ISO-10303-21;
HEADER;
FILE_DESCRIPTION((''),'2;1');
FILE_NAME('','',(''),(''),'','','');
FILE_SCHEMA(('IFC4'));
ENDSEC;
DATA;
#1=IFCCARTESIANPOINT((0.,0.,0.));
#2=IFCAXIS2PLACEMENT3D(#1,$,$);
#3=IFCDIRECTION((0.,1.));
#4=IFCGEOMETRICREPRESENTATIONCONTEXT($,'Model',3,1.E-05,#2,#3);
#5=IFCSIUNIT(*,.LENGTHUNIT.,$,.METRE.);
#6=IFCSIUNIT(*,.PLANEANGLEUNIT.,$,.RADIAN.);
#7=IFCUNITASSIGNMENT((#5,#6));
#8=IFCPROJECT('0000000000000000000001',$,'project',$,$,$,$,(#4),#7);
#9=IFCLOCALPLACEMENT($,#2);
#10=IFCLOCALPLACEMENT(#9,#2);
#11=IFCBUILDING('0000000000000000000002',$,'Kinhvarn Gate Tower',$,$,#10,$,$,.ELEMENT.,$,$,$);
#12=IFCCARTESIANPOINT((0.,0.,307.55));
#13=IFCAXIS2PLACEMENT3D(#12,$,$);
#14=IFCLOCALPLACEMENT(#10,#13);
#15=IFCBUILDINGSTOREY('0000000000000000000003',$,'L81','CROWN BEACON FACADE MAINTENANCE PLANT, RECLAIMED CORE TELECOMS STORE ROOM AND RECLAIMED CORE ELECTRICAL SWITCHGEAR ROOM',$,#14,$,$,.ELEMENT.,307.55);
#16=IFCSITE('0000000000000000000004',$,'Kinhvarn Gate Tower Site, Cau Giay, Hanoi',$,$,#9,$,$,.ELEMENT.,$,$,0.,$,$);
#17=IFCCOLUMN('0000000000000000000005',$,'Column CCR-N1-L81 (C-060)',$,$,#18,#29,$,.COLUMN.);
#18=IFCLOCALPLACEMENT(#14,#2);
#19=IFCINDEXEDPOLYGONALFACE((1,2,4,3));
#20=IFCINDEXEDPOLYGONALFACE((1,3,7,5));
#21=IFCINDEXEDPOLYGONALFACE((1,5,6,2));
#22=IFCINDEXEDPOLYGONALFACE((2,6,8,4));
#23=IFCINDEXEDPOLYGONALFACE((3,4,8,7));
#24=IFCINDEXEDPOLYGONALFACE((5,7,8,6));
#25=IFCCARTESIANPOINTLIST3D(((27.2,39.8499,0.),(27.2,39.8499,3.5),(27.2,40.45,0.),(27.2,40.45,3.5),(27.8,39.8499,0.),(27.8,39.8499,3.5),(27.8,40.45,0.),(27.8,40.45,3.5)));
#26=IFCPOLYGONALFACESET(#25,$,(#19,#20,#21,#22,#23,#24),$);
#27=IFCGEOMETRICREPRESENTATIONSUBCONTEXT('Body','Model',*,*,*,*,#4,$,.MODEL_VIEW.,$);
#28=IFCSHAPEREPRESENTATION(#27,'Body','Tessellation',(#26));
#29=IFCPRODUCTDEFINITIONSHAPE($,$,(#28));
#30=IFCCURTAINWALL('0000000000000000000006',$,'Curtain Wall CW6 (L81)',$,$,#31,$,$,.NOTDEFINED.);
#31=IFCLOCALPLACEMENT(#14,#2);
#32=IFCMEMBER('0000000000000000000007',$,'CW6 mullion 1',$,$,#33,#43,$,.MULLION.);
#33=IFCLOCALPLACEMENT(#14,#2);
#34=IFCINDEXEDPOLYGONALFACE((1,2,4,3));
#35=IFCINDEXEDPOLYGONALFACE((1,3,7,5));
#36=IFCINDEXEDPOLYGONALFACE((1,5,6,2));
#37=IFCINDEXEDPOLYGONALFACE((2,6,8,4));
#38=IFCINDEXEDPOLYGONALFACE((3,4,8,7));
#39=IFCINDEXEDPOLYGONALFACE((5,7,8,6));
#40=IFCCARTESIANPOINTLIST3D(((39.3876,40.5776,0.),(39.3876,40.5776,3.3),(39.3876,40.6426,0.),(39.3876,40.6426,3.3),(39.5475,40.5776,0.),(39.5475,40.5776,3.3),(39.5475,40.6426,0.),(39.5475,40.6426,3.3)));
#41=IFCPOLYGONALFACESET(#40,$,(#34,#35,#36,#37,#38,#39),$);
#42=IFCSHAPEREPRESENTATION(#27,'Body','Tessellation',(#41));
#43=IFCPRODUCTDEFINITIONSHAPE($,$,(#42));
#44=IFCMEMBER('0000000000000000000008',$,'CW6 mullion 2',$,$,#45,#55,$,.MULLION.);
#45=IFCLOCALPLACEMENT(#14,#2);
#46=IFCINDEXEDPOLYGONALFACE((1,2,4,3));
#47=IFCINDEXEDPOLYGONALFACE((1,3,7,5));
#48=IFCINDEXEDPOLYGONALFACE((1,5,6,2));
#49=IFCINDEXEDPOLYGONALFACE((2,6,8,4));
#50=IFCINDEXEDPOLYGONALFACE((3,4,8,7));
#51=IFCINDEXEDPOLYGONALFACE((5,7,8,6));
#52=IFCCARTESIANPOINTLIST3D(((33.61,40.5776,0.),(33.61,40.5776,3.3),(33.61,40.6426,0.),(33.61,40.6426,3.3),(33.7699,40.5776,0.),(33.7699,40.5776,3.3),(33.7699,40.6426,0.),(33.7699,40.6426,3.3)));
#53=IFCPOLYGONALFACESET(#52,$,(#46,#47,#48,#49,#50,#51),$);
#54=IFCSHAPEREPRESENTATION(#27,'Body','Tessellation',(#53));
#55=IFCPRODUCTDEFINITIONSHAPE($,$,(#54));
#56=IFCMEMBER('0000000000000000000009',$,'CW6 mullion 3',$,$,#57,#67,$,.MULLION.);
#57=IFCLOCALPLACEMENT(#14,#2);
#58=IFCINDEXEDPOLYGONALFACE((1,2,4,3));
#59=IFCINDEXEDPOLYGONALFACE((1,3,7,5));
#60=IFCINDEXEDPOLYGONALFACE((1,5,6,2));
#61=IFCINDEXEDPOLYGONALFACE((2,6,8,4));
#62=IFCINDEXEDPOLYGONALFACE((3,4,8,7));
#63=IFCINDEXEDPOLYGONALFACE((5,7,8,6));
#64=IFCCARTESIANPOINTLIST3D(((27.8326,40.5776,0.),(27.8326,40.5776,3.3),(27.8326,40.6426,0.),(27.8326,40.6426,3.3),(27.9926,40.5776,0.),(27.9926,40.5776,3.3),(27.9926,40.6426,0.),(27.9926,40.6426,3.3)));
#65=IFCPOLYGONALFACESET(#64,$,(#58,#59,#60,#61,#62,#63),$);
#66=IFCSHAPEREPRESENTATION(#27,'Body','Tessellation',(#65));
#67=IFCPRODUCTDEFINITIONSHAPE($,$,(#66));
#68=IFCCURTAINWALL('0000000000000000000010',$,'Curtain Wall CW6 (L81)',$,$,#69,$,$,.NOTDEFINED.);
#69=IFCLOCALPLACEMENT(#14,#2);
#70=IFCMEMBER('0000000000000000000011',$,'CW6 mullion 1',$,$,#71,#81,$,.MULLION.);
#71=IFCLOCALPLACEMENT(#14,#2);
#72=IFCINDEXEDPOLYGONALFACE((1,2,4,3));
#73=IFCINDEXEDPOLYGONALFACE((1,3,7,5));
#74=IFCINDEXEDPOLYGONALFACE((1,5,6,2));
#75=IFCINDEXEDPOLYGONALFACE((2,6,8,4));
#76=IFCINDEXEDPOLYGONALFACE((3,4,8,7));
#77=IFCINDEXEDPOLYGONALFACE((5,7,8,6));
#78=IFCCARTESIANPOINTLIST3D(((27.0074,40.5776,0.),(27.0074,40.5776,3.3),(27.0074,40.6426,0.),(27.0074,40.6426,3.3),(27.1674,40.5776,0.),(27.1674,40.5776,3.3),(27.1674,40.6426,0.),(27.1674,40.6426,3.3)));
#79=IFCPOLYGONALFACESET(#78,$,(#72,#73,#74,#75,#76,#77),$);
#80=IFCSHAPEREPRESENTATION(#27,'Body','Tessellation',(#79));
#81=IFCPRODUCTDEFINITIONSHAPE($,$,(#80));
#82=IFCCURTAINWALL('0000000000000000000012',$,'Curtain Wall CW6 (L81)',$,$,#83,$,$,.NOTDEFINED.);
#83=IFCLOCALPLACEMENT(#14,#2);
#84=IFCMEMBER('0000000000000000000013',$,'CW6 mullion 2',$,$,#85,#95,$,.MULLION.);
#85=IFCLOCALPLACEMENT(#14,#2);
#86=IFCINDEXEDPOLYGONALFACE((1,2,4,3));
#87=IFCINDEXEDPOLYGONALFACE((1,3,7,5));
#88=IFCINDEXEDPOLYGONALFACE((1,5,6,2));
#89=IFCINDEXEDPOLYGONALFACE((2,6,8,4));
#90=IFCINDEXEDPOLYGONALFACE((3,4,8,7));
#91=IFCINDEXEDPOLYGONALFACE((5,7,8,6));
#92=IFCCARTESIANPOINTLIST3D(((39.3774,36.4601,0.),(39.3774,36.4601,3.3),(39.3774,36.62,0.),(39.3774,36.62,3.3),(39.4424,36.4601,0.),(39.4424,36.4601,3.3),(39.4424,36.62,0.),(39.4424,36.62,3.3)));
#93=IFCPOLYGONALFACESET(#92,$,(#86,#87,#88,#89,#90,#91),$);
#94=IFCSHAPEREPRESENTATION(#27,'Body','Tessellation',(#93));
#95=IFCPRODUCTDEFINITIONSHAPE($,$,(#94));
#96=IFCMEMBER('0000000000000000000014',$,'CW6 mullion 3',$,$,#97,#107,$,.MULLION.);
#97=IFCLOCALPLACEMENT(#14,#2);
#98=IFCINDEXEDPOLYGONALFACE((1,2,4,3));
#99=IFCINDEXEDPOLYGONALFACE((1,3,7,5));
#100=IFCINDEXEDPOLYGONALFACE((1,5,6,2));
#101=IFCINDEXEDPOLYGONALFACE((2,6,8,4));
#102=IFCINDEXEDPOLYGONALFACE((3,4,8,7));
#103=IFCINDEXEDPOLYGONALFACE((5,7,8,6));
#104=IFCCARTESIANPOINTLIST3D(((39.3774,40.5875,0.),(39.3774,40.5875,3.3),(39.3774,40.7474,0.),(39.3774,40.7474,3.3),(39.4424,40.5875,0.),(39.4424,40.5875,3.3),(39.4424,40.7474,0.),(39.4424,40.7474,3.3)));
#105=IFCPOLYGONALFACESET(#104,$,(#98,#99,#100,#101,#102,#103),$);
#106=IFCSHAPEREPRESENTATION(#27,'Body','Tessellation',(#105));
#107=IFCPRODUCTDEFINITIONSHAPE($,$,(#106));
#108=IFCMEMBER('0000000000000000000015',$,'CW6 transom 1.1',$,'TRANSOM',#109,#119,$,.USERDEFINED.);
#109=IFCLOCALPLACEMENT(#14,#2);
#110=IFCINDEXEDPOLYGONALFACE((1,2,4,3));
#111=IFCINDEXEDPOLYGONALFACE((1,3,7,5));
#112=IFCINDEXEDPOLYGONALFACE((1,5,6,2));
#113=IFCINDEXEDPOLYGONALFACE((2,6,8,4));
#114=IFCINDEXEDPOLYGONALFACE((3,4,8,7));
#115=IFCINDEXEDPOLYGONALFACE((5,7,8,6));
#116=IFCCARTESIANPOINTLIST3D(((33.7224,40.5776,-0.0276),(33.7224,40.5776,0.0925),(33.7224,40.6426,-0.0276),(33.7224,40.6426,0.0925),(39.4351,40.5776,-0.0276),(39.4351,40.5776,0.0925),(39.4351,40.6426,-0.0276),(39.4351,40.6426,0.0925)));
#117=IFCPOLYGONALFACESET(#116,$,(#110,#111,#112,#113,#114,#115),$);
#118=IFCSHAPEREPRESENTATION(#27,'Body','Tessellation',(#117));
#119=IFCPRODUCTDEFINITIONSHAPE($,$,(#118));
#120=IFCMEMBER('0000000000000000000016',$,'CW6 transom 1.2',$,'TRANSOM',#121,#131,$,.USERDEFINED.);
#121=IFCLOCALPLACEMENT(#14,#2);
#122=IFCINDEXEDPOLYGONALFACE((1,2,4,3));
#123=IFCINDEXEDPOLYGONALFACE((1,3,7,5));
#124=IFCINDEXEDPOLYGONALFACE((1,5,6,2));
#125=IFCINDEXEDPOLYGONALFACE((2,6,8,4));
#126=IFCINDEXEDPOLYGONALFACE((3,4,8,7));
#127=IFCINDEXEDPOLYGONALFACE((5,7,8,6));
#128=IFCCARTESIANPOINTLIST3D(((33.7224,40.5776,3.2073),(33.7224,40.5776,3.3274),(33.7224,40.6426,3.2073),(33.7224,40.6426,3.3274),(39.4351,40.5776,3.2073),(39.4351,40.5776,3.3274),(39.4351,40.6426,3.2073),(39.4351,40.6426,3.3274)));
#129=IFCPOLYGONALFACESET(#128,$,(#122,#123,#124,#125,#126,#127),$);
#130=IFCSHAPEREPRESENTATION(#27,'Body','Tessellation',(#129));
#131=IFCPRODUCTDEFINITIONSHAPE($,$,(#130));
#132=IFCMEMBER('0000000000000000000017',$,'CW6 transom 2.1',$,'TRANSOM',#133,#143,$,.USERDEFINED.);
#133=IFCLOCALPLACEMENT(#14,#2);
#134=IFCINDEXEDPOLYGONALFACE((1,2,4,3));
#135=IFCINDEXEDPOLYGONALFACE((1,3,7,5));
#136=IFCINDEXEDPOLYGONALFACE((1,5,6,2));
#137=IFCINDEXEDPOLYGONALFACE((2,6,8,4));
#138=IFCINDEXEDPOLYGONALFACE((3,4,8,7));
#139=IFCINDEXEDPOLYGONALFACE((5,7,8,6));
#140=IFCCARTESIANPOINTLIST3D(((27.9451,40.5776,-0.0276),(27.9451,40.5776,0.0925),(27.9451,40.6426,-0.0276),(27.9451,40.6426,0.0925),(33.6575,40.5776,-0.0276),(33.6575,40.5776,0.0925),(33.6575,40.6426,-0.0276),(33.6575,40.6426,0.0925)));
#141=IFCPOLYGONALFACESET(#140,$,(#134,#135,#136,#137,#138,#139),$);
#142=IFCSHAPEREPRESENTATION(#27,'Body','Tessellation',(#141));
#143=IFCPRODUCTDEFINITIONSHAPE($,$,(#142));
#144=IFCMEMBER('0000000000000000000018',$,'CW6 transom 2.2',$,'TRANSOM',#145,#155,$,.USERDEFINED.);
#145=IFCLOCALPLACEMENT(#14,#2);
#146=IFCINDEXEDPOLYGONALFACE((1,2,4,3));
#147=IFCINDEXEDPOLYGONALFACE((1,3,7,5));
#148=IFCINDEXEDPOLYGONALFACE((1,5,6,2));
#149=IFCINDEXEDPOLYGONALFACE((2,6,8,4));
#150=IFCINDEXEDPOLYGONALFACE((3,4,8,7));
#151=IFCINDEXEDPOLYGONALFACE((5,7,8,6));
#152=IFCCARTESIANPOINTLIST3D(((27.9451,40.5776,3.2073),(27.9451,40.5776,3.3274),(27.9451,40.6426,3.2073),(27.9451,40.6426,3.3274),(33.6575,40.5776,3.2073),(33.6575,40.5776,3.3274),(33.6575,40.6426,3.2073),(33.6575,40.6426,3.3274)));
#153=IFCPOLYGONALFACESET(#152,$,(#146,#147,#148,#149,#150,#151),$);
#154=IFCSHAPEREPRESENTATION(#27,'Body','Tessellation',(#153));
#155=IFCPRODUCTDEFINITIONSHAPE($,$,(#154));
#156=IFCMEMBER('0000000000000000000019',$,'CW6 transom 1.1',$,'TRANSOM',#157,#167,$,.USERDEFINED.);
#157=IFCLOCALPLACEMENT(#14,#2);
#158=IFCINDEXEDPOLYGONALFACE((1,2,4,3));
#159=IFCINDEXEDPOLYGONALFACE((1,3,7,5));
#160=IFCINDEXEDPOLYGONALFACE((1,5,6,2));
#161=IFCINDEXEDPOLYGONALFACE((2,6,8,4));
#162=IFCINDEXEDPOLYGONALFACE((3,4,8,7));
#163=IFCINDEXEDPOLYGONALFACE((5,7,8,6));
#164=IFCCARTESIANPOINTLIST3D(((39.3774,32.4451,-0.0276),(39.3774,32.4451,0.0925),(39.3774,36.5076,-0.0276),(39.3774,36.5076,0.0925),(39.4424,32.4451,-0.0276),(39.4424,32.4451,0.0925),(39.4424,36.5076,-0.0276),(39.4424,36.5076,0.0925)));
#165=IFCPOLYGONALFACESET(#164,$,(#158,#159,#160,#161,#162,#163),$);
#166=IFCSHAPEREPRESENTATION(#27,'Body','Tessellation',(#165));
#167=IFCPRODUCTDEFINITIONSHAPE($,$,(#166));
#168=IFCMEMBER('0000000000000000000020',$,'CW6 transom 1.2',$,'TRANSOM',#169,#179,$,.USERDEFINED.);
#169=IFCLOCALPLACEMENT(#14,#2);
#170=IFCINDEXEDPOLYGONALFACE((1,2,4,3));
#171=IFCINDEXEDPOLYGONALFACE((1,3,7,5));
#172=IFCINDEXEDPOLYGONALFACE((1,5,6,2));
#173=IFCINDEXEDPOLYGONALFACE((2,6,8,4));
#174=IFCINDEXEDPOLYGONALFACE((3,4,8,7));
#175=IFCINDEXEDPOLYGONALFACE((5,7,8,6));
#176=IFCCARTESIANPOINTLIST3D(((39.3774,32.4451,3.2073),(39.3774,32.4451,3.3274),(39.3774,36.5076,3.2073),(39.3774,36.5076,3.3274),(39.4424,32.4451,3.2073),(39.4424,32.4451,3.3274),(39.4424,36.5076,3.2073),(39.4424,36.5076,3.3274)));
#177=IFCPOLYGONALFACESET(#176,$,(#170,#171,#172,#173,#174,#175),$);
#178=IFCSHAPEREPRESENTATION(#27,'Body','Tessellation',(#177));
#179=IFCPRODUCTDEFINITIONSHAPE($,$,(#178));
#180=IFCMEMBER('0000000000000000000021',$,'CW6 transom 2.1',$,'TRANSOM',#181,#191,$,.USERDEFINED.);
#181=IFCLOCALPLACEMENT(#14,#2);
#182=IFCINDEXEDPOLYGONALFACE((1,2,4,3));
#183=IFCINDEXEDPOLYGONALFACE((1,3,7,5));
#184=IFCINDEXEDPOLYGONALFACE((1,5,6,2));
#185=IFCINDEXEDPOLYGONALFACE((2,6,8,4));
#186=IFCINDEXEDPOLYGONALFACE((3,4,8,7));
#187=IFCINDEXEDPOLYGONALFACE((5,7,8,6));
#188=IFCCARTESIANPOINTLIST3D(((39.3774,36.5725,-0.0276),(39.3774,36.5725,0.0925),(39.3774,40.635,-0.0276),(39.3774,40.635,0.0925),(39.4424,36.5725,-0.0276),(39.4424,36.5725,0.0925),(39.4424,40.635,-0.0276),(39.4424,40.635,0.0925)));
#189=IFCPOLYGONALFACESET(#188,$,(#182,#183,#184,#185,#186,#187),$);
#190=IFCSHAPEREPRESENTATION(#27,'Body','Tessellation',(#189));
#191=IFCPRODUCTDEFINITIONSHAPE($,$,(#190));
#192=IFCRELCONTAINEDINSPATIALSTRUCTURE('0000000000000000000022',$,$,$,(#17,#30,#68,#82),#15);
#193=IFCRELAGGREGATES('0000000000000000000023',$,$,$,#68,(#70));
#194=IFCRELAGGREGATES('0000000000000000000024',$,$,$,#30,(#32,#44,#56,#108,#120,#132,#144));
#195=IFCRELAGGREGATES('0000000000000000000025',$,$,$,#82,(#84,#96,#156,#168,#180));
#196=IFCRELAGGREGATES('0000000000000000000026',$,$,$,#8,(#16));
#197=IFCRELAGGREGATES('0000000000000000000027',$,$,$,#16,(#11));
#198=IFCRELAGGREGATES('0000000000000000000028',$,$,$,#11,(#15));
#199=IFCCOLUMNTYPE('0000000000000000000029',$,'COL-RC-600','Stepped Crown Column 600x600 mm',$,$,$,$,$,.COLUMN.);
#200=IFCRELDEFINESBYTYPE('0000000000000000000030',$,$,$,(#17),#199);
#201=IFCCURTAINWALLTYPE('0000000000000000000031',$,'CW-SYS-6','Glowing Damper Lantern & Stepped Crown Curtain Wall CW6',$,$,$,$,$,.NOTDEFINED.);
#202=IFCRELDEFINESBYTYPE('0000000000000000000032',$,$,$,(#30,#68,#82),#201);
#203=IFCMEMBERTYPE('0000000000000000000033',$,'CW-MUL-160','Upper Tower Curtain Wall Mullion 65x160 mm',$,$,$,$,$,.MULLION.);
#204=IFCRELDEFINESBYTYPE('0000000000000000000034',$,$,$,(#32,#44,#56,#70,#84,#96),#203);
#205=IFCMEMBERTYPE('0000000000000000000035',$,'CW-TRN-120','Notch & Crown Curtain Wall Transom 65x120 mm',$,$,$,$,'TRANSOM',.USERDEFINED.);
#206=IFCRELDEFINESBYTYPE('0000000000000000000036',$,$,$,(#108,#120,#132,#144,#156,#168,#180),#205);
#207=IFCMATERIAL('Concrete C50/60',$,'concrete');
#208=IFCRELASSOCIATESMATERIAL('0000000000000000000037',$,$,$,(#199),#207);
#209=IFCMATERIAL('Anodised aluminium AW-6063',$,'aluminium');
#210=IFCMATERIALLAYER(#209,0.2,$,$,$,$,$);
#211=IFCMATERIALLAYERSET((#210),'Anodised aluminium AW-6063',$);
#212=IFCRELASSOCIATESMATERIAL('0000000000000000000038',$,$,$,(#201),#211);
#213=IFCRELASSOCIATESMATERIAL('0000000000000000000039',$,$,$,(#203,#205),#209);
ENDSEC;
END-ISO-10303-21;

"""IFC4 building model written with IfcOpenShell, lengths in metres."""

from ifc_helpers import new_model, si_unit, direction, frame, origin, origin_2d, place, context, subcontext, project, spatial, rectangle, extrude, material, layer, layer_set, material_profile, profile_set, type_object, element, aggregate, save


model = new_model("IFC4")

# Units and contexts
model_context = context("Model", 3, precision=1e-05, world=origin(), true_north=direction((0.0, 1.0)))
body_context = subcontext(model_context, "Body", "Model", "MODEL_VIEW")
ifc_project = project(units=[si_unit("LENGTHUNIT", "METRE"), si_unit("PLANEANGLEUNIT", "RADIAN")], contexts=[model_context])

# Site, building, storey
site_placement = place(None, origin())
site = spatial("IfcSite", under=ifc_project, at=site_placement, Name="Kinhvarn Gate Tower Site, Cau Giay, Hanoi", CompositionType="ELEMENT", RefElevation=0.0)
building_placement = place(site_placement, origin())
building = spatial("IfcBuilding", under=site, at=building_placement, Name="Kinhvarn Gate Tower", CompositionType="ELEMENT")
storey_placement = place(building_placement, frame((0.0, 0.0, 307.55)))
storey = spatial("IfcBuildingStorey", under=building, at=storey_placement, Name="L81", Description="CROWN BEACON FACADE MAINTENANCE PLANT, RECLAIMED CORE TELECOMS STORE ROOM AND RECLAIMED CORE ELECTRICAL SWITCHGEAR ROOM", CompositionType="ELEMENT", Elevation=307.55)

# Column
ifc_material_1 = material(Name="Concrete C50/60", Category="concrete")
ifc_material_profile_1 = material_profile(ifc_material_1, rectangle(XDim=0.6001, YDim=0.6001, at=origin_2d()), Name="RC 600x600")
ifc_profile_set_1 = profile_set([ifc_material_profile_1], Name="Concrete C50/60")
column_type = type_object("IfcColumnType", Name="COL-RC-600", Description="Stepped Crown Column 600x600 mm", PredefinedType="COLUMN", material=ifc_profile_set_1)
column_placement = place(storey_placement, frame((27.5, 40.1499, 0.0), z_axis=(0.0, 0.0, 1.0), x_axis=(1.0, 0.0, 0.0)))
element("IfcColumn", 1, at=column_placement, inside=storey, type_object=column_type, Name="Column CCR-N1-L81 (C-060)", PredefinedType="COLUMN", context=body_context, shape_type="SweptSolid", body=[
    extrude(rectangle(XDim=0.6001, YDim=0.6001, at=origin_2d()), origin(), (0.0, 0.0, 1.0), 3.5),
])

# Curtain wall, members
ifc_material_2 = material(Name="Anodised aluminium AW-6063", Category="aluminium")
ifc_layer_1 = layer(ifc_material_2, 0.2)
ifc_layer_set_1 = layer_set([ifc_layer_1], Name="Anodised aluminium AW-6063")
curtain_wall_type = type_object("IfcCurtainWallType", Name="CW-SYS-6", Description="Glowing Damper Lantern & Stepped Crown Curtain Wall CW6", PredefinedType="NOTDEFINED", material=ifc_layer_set_1)
curtain_wall_1_placement = place(storey_placement, origin())
curtain_wall_1 = element("IfcCurtainWall", 2, at=curtain_wall_1_placement, inside=storey, type_object=curtain_wall_type, Name="Curtain Wall CW6 (L81)", PredefinedType="NOTDEFINED")
ifc_material_profile_2 = material_profile(ifc_material_2, rectangle(XDim=0.0649, YDim=0.1599, at=origin_2d()), Name="ALU 65x160")
ifc_profile_set_2 = profile_set([ifc_material_profile_2], Name="Anodised aluminium AW-6063")
member_type_1 = type_object("IfcMemberType", Name="CW-MUL-160", Description="Upper Tower Curtain Wall Mullion 65x160 mm", PredefinedType="MULLION", material=ifc_profile_set_2)
member_1_placement = place(storey_placement, frame((39.4675, 40.6101, 0.0), z_axis=(0.0, 0.0, 1.0), x_axis=(0.0, -1.0, 0.0)))
member_1 = element("IfcMember", 3, at=member_1_placement, type_object=member_type_1, Name="CW6 mullion 1", PredefinedType="MULLION", context=body_context, shape_type="SweptSolid", body=[
    extrude(rectangle(XDim=0.0649, YDim=0.1599, at=origin_2d()), origin(), (0.0, 0.0, 1.0), 3.3),
])
member_2_placement = place(storey_placement, frame((33.6899, 40.6101, 0.0), z_axis=(0.0, 0.0, 1.0), x_axis=(0.0, -1.0, 0.0)))
member_2 = element("IfcMember", 4, at=member_2_placement, type_object=member_type_1, Name="CW6 mullion 2", PredefinedType="MULLION", context=body_context, shape_type="SweptSolid", body=[
    extrude(rectangle(XDim=0.0649, YDim=0.1599, at=origin_2d()), origin(), (0.0, 0.0, 1.0), 3.3),
])
member_3_placement = place(storey_placement, frame((27.9126, 40.6101, 0.0), z_axis=(0.0, 0.0, 1.0), x_axis=(0.0, -1.0, 0.0)))
member_3 = element("IfcMember", 5, at=member_3_placement, type_object=member_type_1, Name="CW6 mullion 3", PredefinedType="MULLION", context=body_context, shape_type="SweptSolid", body=[
    extrude(rectangle(XDim=0.0649, YDim=0.1599, at=origin_2d()), origin(), (0.0, 0.0, 1.0), 3.3),
])

# Curtain wall, member
curtain_wall_2_placement = place(storey_placement, origin())
curtain_wall_2 = element("IfcCurtainWall", 6, at=curtain_wall_2_placement, inside=storey, type_object=curtain_wall_type, Name="Curtain Wall CW6 (L81)", PredefinedType="NOTDEFINED")
member_4_placement = place(storey_placement, frame((27.0874, 40.6101, 0.0), z_axis=(0.0, 0.0, 1.0), x_axis=(0.0, -1.0, 0.0)))
member_4 = element("IfcMember", 7, at=member_4_placement, type_object=member_type_1, Name="CW6 mullion 1", PredefinedType="MULLION", context=body_context, shape_type="SweptSolid", body=[
    extrude(rectangle(XDim=0.0649, YDim=0.1599, at=origin_2d()), origin(), (0.0, 0.0, 1.0), 3.3),
])
aggregate(curtain_wall_2, [member_4])

# Curtain wall, members
curtain_wall_3_placement = place(storey_placement, origin())
curtain_wall_3 = element("IfcCurtainWall", 8, at=curtain_wall_3_placement, inside=storey, type_object=curtain_wall_type, Name="Curtain Wall CW6 (L81)", PredefinedType="NOTDEFINED")
member_5_placement = place(storey_placement, frame((39.4099, 36.54, 0.0), z_axis=(0.0, 0.0, 1.0), x_axis=(-1.0, 0.0, 0.0)))
member_5 = element("IfcMember", 9, at=member_5_placement, type_object=member_type_1, Name="CW6 mullion 2", PredefinedType="MULLION", context=body_context, shape_type="SweptSolid", body=[
    extrude(rectangle(XDim=0.0649, YDim=0.1599, at=origin_2d()), origin(), (0.0, 0.0, 1.0), 3.3),
])
member_6_placement = place(storey_placement, frame((39.4099, 40.6675, 0.0), z_axis=(0.0, 0.0, 1.0), x_axis=(-1.0, 0.0, 0.0)))
member_6 = element("IfcMember", 10, at=member_6_placement, type_object=member_type_1, Name="CW6 mullion 3", PredefinedType="MULLION", context=body_context, shape_type="SweptSolid", body=[
    extrude(rectangle(XDim=0.0649, YDim=0.1599, at=origin_2d()), origin(), (0.0, 0.0, 1.0), 3.3),
])

# Members
ifc_material_profile_3 = material_profile(ifc_material_2, rectangle(XDim=0.0649, YDim=0.1201, at=origin_2d()), Name="ALU 65x120")
ifc_profile_set_3 = profile_set([ifc_material_profile_3], Name="Anodised aluminium AW-6063")
member_type_2 = type_object("IfcMemberType", Name="CW-TRN-120", Description="Notch & Crown Curtain Wall Transom 65x120 mm", ElementType="TRANSOM", PredefinedType="USERDEFINED", material=ifc_profile_set_3)
member_7_placement = place(storey_placement, frame((39.4351, 40.6101, 0.0325), z_axis=(-1.0, 0.0, 0.0), x_axis=(0.0, -1.0, 0.0)))
member_7 = element("IfcMember", 11, at=member_7_placement, type_object=member_type_2, Name="CW6 transom 1.1", ObjectType="TRANSOM", PredefinedType="USERDEFINED", context=body_context, shape_type="SweptSolid", body=[
    extrude(rectangle(XDim=0.0649, YDim=0.1201, at=origin_2d()), origin(), (0.0, 0.0, 1.0), 5.7126),
])
member_8_placement = place(storey_placement, frame((39.4351, 40.6101, 3.2673), z_axis=(-1.0, 0.0, 0.0), x_axis=(0.0, -1.0, 0.0)))
member_8 = element("IfcMember", 12, at=member_8_placement, type_object=member_type_2, Name="CW6 transom 1.2", ObjectType="TRANSOM", PredefinedType="USERDEFINED", context=body_context, shape_type="SweptSolid", body=[
    extrude(rectangle(XDim=0.0649, YDim=0.1201, at=origin_2d()), origin(), (0.0, 0.0, 1.0), 5.7126),
])
member_9_placement = place(storey_placement, frame((33.6575, 40.6101, 0.0325), z_axis=(-1.0, 0.0, 0.0), x_axis=(0.0, -1.0, 0.0)))
member_9 = element("IfcMember", 13, at=member_9_placement, type_object=member_type_2, Name="CW6 transom 2.1", ObjectType="TRANSOM", PredefinedType="USERDEFINED", context=body_context, shape_type="SweptSolid", body=[
    extrude(rectangle(XDim=0.0649, YDim=0.1201, at=origin_2d()), origin(), (0.0, 0.0, 1.0), 5.7124),
])
member_10_placement = place(storey_placement, frame((33.6575, 40.6101, 3.2673), z_axis=(-1.0, 0.0, 0.0), x_axis=(0.0, -1.0, 0.0)))
member_10 = element("IfcMember", 14, at=member_10_placement, type_object=member_type_2, Name="CW6 transom 2.2", ObjectType="TRANSOM", PredefinedType="USERDEFINED", context=body_context, shape_type="SweptSolid", body=[
    extrude(rectangle(XDim=0.0649, YDim=0.1201, at=origin_2d()), origin(), (0.0, 0.0, 1.0), 5.7124),
])
member_11_placement = place(storey_placement, frame((39.4099, 32.4451, 0.0325), z_axis=(0.0, 1.0, 0.0), x_axis=(-1.0, 0.0, 0.0)))
member_11 = element("IfcMember", 15, at=member_11_placement, type_object=member_type_2, Name="CW6 transom 1.1", ObjectType="TRANSOM", PredefinedType="USERDEFINED", context=body_context, shape_type="SweptSolid", body=[
    extrude(rectangle(XDim=0.0649, YDim=0.1201, at=origin_2d()), origin(), (0.0, 0.0, 1.0), 4.0625),
])
member_12_placement = place(storey_placement, frame((39.4099, 32.4451, 3.2673), z_axis=(0.0, 1.0, 0.0), x_axis=(-1.0, 0.0, 0.0)))
member_12 = element("IfcMember", 16, at=member_12_placement, type_object=member_type_2, Name="CW6 transom 1.2", ObjectType="TRANSOM", PredefinedType="USERDEFINED", context=body_context, shape_type="SweptSolid", body=[
    extrude(rectangle(XDim=0.0649, YDim=0.1201, at=origin_2d()), origin(), (0.0, 0.0, 1.0), 4.0625),
])
member_13_placement = place(storey_placement, frame((39.4099, 36.5725, 0.0325), z_axis=(0.0, 1.0, 0.0), x_axis=(-1.0, 0.0, 0.0)))
member_13 = element("IfcMember", 17, at=member_13_placement, type_object=member_type_2, Name="CW6 transom 2.1", ObjectType="TRANSOM", PredefinedType="USERDEFINED", context=body_context, shape_type="SweptSolid", body=[
    extrude(rectangle(XDim=0.0649, YDim=0.1201, at=origin_2d()), origin(), (0.0, 0.0, 1.0), 4.0625),
])

aggregate(curtain_wall_1, [member_1, member_2, member_3, member_7, member_8, member_9, member_10])
aggregate(curtain_wall_3, [member_5, member_6, member_11, member_12, member_13])

save(model, "model.ifc")
